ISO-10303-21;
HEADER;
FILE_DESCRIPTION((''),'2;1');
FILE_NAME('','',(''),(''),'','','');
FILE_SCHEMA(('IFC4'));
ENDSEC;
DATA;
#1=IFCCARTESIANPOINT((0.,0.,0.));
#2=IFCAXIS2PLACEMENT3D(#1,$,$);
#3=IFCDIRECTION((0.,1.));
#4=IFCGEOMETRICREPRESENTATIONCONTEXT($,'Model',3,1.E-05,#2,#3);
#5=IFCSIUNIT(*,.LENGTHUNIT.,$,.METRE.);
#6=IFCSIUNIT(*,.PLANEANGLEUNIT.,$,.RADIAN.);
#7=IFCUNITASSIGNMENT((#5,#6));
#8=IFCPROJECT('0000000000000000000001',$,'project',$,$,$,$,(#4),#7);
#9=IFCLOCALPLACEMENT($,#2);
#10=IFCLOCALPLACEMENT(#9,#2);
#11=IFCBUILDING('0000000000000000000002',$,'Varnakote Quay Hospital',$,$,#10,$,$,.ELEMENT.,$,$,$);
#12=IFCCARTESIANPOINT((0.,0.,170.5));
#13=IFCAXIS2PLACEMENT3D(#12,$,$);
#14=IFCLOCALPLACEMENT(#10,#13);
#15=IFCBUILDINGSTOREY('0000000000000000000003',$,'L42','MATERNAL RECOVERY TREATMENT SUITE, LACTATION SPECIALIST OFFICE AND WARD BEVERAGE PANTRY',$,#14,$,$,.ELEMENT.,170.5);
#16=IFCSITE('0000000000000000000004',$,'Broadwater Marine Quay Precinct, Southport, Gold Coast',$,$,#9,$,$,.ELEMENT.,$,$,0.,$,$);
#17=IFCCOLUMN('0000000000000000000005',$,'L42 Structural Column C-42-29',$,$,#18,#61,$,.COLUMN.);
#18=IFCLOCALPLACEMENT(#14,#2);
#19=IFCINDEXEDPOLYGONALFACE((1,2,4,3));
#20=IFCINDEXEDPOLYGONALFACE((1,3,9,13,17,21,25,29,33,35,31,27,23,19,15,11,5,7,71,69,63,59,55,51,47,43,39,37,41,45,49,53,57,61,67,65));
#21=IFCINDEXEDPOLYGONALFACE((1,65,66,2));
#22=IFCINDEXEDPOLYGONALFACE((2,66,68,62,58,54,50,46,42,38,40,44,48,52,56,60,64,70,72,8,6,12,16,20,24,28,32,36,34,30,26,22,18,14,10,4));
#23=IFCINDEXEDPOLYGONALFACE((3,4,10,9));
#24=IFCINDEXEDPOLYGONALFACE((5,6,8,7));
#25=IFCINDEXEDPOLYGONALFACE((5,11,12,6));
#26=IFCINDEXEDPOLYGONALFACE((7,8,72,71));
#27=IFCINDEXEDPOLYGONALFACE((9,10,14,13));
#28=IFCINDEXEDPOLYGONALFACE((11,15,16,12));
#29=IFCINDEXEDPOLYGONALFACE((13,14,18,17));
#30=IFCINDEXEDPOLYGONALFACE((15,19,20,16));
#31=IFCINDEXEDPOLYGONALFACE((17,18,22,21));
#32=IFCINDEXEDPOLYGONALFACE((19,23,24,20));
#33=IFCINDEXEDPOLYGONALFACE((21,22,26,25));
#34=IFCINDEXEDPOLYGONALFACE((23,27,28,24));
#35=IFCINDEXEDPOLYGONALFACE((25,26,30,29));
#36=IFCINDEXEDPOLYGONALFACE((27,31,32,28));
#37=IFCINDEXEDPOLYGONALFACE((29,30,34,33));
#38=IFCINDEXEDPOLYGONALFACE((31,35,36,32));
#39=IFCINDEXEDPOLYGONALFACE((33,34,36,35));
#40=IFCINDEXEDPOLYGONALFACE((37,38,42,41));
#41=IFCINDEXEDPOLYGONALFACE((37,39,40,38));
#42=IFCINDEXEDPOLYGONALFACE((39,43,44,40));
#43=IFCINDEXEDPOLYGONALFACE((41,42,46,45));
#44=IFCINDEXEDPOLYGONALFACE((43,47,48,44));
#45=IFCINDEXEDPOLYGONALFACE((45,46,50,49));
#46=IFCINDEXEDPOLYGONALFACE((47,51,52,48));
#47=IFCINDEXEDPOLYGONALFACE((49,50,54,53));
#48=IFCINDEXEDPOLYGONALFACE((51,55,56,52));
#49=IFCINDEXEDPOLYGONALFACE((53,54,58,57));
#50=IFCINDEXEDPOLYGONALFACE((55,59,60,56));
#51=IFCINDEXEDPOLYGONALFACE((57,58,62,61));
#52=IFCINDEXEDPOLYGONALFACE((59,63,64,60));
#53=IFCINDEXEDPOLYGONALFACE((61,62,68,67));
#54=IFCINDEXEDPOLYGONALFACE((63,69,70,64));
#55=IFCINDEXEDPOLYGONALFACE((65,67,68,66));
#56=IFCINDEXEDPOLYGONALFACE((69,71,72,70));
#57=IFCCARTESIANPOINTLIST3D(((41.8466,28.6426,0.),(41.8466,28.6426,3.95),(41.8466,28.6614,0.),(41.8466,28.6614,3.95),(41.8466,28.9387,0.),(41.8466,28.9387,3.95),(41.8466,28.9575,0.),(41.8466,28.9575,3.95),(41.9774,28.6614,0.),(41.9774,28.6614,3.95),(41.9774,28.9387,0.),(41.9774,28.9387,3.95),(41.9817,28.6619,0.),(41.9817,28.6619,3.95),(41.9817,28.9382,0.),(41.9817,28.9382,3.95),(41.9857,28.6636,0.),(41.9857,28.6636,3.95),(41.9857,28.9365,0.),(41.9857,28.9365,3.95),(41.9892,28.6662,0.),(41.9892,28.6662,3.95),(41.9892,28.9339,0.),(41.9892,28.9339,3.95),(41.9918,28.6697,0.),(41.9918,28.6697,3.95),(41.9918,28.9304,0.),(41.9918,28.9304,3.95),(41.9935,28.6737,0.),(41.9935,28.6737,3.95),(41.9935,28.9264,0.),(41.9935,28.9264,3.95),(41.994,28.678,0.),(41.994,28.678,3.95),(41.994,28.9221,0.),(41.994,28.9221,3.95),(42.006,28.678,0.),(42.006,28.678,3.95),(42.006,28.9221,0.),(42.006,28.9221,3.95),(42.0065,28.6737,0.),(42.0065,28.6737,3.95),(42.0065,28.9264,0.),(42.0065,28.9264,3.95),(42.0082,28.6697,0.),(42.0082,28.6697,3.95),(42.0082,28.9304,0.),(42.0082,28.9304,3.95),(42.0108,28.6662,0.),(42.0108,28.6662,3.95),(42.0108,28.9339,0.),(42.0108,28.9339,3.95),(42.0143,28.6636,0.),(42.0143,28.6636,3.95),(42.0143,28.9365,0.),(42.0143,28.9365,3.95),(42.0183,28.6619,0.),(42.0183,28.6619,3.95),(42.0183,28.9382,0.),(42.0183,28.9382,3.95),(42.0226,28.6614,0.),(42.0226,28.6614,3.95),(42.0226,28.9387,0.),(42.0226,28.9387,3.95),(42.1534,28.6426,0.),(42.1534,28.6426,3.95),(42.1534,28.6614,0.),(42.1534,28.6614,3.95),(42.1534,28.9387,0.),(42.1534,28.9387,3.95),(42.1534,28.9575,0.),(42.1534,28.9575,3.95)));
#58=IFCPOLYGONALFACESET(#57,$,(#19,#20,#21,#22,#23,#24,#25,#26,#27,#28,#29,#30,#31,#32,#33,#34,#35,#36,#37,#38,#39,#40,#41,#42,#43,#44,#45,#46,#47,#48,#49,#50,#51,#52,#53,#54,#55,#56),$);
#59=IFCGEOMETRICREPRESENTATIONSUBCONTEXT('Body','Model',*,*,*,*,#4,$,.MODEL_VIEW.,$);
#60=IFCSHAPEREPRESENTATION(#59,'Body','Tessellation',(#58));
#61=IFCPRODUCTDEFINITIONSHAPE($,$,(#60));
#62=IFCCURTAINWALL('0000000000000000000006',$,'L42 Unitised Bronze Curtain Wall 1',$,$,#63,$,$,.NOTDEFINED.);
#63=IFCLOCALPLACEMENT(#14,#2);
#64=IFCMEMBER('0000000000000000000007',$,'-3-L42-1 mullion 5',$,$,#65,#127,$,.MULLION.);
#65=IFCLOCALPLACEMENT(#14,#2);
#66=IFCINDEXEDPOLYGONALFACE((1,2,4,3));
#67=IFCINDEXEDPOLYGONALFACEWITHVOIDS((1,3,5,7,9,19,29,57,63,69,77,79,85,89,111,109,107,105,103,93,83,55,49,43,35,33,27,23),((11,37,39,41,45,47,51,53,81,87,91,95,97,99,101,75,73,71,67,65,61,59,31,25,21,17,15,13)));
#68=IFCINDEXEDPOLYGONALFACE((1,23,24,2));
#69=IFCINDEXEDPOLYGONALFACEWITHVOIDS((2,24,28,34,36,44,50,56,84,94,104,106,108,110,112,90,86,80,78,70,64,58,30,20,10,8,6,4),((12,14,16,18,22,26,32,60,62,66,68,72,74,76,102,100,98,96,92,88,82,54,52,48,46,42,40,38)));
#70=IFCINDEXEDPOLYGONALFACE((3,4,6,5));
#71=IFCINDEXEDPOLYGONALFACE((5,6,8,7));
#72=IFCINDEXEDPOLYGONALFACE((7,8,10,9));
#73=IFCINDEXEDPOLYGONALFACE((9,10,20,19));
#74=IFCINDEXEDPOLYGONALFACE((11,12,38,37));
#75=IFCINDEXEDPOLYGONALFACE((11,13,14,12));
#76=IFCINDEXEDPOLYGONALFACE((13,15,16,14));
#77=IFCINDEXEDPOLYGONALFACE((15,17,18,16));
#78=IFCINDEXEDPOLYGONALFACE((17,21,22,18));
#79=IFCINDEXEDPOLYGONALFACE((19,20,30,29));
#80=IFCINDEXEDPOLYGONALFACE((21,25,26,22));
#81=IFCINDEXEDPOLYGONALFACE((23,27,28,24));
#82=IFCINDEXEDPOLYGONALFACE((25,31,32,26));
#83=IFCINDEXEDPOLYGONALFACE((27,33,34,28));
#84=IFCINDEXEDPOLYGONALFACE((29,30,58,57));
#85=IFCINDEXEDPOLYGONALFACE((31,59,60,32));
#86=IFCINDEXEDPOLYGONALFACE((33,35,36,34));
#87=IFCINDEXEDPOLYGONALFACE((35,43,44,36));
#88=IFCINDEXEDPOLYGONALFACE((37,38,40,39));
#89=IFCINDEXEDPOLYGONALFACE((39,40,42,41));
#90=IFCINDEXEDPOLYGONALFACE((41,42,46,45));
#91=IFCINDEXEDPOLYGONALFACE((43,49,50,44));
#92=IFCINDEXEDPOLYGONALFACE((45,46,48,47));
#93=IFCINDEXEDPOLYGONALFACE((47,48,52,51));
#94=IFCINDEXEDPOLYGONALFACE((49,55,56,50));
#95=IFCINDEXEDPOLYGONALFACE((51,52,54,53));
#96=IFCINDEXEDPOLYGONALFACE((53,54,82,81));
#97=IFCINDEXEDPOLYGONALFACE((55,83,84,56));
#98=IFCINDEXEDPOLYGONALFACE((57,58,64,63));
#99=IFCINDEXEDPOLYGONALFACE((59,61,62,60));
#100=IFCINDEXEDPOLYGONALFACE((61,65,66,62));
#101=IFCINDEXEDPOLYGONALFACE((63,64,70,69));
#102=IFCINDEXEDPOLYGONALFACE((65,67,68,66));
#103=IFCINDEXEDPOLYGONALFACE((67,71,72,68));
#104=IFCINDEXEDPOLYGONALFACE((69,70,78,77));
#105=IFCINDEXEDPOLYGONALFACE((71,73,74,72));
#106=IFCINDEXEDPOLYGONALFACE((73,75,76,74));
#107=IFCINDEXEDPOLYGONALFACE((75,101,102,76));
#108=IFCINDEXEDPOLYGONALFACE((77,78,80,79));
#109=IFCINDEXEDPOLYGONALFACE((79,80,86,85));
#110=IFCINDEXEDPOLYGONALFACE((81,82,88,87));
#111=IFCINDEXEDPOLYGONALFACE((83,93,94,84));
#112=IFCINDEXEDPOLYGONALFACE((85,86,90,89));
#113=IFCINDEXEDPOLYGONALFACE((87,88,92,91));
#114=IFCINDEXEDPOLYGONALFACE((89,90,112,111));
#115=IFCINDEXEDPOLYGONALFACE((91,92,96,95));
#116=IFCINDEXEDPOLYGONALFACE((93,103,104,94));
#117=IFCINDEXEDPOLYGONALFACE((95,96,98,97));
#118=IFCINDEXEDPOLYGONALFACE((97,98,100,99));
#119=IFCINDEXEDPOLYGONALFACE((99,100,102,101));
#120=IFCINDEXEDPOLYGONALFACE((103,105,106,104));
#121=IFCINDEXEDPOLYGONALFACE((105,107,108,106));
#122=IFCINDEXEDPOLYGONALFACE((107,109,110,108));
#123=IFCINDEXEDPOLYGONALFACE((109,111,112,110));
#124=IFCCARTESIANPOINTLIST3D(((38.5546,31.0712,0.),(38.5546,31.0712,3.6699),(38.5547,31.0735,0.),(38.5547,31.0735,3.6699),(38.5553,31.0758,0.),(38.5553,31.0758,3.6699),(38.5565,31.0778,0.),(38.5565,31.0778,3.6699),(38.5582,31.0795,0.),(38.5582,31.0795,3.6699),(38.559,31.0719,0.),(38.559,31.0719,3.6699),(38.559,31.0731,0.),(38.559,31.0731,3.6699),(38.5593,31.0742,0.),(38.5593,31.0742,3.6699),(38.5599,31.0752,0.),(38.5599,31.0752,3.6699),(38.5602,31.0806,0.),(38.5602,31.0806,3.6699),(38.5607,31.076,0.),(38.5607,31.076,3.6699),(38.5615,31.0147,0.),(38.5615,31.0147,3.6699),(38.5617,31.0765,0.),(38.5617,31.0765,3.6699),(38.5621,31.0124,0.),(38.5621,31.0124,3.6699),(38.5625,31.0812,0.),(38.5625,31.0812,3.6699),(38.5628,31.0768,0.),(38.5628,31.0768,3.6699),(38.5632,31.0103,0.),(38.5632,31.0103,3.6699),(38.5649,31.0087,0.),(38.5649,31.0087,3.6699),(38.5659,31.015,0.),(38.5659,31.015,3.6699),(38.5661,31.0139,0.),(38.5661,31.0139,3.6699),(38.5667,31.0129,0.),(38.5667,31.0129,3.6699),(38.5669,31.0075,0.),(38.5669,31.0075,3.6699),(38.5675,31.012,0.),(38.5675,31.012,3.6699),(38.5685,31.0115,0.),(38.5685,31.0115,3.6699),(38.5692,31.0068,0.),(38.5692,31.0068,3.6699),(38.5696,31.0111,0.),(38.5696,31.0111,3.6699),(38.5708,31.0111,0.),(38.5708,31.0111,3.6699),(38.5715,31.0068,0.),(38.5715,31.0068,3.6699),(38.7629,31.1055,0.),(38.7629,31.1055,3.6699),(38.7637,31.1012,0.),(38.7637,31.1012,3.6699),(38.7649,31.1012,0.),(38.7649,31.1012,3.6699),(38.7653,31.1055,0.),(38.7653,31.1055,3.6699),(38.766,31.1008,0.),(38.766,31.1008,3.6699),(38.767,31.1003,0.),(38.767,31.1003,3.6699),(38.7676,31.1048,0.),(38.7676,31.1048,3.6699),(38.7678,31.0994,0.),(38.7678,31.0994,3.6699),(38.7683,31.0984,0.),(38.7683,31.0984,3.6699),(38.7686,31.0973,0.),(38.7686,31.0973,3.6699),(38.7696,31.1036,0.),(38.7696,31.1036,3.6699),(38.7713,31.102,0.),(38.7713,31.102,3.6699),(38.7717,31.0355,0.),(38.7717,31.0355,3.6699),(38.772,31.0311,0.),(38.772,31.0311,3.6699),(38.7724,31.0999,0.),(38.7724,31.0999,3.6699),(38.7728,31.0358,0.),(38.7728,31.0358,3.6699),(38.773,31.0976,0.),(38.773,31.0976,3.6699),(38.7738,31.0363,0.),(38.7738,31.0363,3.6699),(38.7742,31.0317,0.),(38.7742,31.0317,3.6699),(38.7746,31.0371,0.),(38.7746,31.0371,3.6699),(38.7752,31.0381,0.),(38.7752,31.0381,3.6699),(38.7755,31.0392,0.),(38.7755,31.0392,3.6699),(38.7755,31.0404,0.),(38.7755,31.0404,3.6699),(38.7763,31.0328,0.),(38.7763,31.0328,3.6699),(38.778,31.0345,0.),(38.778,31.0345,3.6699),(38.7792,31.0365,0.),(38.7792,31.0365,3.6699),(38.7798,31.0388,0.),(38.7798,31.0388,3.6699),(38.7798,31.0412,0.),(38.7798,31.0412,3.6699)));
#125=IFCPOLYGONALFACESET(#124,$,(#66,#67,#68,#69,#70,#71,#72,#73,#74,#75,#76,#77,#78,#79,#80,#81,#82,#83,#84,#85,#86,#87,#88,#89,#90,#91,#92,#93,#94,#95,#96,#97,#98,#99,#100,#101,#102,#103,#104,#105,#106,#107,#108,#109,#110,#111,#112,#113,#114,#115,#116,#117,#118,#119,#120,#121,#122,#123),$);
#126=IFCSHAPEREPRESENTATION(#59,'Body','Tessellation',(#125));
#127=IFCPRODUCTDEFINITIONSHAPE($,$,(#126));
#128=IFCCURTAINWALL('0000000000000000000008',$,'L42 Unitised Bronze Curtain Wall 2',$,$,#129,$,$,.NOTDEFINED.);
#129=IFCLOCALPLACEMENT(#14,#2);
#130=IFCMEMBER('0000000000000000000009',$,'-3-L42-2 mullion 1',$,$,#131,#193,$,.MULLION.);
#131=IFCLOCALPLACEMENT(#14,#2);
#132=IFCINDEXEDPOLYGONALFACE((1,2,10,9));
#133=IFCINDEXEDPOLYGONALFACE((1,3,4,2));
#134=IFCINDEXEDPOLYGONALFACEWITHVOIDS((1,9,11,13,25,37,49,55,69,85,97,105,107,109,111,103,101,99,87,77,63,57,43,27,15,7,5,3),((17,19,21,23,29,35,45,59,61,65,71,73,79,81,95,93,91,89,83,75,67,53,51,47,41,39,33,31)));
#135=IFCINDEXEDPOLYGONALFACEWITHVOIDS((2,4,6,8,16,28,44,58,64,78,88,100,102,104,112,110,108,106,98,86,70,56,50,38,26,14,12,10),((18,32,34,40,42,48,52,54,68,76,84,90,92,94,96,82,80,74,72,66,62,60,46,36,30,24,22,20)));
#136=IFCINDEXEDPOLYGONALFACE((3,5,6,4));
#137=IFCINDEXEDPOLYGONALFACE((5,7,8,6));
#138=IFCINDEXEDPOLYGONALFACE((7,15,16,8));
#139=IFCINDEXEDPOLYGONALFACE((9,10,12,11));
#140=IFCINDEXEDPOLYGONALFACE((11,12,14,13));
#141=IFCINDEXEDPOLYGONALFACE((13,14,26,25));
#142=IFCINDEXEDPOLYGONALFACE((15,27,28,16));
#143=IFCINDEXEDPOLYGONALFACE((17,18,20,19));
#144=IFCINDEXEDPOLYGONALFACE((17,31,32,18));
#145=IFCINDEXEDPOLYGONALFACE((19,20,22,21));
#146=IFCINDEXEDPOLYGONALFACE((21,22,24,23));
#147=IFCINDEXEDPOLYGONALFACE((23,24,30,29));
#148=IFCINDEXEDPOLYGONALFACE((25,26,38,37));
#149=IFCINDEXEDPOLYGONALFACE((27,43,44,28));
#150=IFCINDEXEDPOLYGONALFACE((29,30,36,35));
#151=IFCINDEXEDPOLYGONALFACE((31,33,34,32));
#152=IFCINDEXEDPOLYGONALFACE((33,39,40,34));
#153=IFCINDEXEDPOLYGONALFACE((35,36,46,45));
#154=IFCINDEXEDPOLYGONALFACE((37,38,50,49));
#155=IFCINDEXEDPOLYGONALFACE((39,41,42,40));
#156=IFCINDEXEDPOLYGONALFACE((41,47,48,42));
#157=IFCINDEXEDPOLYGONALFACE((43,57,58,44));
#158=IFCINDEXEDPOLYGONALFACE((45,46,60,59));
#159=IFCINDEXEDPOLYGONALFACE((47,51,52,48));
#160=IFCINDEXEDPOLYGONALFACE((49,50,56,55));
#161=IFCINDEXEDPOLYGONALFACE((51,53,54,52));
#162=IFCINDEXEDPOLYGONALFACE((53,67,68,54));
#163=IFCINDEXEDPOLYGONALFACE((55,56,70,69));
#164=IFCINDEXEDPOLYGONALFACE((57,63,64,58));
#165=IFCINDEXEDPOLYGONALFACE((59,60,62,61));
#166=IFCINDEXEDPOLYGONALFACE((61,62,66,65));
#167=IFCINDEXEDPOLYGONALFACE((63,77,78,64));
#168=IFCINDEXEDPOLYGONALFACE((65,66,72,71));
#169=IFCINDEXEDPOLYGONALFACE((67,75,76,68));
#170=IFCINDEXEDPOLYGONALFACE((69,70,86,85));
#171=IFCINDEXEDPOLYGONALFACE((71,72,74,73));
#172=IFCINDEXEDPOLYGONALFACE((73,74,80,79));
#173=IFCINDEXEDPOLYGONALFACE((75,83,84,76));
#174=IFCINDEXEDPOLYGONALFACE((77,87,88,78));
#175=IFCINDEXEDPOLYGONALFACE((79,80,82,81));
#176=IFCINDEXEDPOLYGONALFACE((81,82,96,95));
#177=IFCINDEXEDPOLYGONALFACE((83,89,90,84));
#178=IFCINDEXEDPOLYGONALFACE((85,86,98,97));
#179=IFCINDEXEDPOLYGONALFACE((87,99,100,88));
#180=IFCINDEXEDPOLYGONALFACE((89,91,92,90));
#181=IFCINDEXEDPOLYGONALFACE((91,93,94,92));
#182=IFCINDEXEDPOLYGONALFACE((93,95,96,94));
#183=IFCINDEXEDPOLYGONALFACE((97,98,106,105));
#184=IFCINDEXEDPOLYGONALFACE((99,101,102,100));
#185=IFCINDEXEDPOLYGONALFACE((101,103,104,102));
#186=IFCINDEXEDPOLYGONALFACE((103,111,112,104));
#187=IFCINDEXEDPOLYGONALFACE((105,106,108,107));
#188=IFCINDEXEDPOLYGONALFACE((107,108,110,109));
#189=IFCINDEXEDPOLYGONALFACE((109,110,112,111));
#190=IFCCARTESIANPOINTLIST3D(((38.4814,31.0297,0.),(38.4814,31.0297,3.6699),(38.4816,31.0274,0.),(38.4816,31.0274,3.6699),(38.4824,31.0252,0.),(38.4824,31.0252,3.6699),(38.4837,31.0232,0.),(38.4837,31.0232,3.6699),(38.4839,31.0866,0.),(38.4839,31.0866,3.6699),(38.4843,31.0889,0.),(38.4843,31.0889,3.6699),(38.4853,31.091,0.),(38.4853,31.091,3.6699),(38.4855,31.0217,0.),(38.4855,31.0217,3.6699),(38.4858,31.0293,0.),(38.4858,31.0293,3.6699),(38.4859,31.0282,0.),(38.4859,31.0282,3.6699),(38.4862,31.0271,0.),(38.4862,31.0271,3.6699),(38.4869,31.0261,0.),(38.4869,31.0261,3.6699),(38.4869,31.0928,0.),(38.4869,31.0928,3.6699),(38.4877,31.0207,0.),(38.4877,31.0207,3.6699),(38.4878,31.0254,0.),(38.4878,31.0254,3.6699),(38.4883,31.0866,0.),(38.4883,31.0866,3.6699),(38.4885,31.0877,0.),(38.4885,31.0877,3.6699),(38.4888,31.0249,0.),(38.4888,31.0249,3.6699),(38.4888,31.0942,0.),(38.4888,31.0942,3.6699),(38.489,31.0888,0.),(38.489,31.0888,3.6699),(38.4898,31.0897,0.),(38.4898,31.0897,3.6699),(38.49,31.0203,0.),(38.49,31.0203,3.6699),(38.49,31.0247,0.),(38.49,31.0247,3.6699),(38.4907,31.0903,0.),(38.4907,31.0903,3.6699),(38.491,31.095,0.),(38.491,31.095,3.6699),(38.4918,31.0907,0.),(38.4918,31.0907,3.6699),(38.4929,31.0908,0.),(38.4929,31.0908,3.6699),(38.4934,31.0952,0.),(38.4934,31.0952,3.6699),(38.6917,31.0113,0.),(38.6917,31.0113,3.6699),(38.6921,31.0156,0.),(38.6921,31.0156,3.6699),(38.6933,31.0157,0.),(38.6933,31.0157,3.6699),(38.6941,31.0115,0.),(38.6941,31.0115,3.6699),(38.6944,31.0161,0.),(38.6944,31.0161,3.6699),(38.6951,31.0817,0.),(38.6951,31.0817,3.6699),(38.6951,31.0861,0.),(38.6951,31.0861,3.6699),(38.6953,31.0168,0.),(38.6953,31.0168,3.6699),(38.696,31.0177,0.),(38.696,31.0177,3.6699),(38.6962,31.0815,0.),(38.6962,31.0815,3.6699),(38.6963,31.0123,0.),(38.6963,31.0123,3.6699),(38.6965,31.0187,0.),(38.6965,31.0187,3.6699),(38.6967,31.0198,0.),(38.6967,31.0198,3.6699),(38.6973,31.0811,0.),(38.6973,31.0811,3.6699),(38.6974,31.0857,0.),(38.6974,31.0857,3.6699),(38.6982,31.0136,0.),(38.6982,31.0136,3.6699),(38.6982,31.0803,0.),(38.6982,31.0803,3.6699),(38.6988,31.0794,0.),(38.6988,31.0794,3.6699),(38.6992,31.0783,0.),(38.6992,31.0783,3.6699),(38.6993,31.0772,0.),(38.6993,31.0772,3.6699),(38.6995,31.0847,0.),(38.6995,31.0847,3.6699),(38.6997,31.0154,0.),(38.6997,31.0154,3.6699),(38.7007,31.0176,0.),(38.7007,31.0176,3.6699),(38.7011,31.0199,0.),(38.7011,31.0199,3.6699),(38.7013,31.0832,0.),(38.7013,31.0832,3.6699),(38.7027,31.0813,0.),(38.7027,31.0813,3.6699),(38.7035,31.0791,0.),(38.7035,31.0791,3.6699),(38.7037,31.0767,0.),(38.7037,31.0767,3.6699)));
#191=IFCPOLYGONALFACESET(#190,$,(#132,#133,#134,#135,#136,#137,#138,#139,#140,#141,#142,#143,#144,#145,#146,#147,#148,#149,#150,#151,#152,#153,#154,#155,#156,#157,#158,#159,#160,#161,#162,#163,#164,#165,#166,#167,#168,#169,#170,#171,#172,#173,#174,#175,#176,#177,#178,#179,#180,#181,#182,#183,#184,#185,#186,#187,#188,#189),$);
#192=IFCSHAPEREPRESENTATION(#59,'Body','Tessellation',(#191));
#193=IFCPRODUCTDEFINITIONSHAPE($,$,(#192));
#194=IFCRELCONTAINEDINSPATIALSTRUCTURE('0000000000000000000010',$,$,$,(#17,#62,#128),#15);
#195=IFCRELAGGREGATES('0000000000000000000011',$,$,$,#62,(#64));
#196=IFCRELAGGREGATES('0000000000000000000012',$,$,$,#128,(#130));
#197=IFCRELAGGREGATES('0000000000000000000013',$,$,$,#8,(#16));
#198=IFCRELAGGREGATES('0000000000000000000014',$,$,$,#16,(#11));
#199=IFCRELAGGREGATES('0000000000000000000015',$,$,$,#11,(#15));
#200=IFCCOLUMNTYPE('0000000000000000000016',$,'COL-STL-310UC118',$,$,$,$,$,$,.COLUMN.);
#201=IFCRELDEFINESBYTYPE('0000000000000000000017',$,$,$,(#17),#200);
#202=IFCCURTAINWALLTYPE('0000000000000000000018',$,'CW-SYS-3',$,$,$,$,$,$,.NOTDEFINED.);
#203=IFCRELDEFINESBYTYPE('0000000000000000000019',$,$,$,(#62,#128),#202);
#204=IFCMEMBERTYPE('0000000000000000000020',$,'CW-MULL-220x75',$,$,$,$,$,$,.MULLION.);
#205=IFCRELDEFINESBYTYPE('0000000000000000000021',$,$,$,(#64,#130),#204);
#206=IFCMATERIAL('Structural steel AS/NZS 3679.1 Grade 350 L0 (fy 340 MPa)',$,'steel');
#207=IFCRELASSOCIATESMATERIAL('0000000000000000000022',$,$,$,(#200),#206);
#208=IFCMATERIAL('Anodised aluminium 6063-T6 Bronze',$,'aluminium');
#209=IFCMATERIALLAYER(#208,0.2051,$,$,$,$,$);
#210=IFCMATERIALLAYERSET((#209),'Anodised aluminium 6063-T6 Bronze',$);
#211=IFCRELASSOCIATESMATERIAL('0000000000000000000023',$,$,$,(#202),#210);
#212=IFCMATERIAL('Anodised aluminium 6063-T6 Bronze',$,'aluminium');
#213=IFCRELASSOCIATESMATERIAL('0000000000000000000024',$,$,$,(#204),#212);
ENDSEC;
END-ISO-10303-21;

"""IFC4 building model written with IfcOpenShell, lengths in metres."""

from ifc_helpers import new_model, si_unit, direction, frame, origin, origin_2d, place, context, subcontext, project, spatial, hollow_rectangle, i_section, extrude, material, layer, layer_set, material_profile, profile_set, type_object, element, aggregate, save


model = new_model("IFC4")

# Units and contexts
model_context = context("Model", 3, precision=1e-05, world=origin(), true_north=direction((0.0, 1.0)))
body_context = subcontext(model_context, "Body", "Model", "MODEL_VIEW")
ifc_project = project(units=[si_unit("LENGTHUNIT", "METRE"), si_unit("PLANEANGLEUNIT", "RADIAN")], contexts=[model_context])

# Site, building, storey
site_placement = place(None, origin())
site = spatial("IfcSite", under=ifc_project, at=site_placement, Name="Broadwater Marine Quay Precinct, Southport, Gold Coast", CompositionType="ELEMENT", RefElevation=0.0)
building_placement = place(site_placement, origin())
building = spatial("IfcBuilding", under=site, at=building_placement, Name="Varnakote Quay Hospital", CompositionType="ELEMENT")
storey_placement = place(building_placement, frame((0.0, 0.0, 170.5)))
storey = spatial("IfcBuildingStorey", under=building, at=storey_placement, Name="L42", Description="MATERNAL RECOVERY TREATMENT SUITE, LACTATION SPECIALIST OFFICE AND WARD BEVERAGE PANTRY", CompositionType="ELEMENT", Elevation=170.5)

# Column
ifc_material_1 = material(Name="Structural steel AS/NZS 3679.1 Grade 350 L0 (fy 340 MPa)", Category="steel")
ifc_material_profile_1 = material_profile(ifc_material_1, i_section(OverallWidth=0.3069, OverallDepth=0.3149, WebThickness=0.012, FlangeThickness=0.0188, FilletRadius=0.0166, at=origin_2d()), Name="310UC118")
ifc_profile_set_1 = profile_set([ifc_material_profile_1], Name="Structural steel AS/NZS 3679.1 Grade 350 L0 (fy 340 MPa)")
column_type = type_object("IfcColumnType", Name="COL-STL-310UC118", PredefinedType="COLUMN", material=ifc_profile_set_1)
column_placement = place(storey_placement, frame((42.0, 28.8, 0.0), z_axis=(0.0, 0.0, 1.0), x_axis=(1.0, 0.0, 0.0)))
element("IfcColumn", 1, at=column_placement, inside=storey, type_object=column_type, Name="L42 Structural Column C-42-29", PredefinedType="COLUMN", context=body_context, shape_type="SweptSolid", body=[
    extrude(i_section(OverallWidth=0.3069, OverallDepth=0.3149, WebThickness=0.012, FlangeThickness=0.0188, FilletRadius=0.0166, at=origin_2d()), origin(), (0.0, 0.0, 1.0), 3.95),
])

# Curtain wall, member
ifc_material_2 = material(Name="Anodised aluminium 6063-T6 Bronze", Category="aluminium")
ifc_layer_1 = layer(ifc_material_2, 0.2051)
ifc_layer_set_1 = layer_set([ifc_layer_1], Name="Anodised aluminium 6063-T6 Bronze")
curtain_wall_type = type_object("IfcCurtainWallType", Name="CW-SYS-3", PredefinedType="NOTDEFINED", material=ifc_layer_set_1)
curtain_wall_1_placement = place(storey_placement, origin())
curtain_wall_1 = element("IfcCurtainWall", 2, at=curtain_wall_1_placement, inside=storey, type_object=curtain_wall_type, Name="L42 Unitised Bronze Curtain Wall 1", PredefinedType="NOTDEFINED")
ifc_material_3 = material(Name="Anodised aluminium 6063-T6 Bronze", Category="aluminium")
ifc_material_profile_2 = material_profile(ifc_material_3, hollow_rectangle(XDim=0.075, YDim=0.22, WallThickness=0.0044, InnerFilletRadius=0.0044, OuterFilletRadius=0.009, at=origin_2d()), Name="CW-MULL-220x75")
ifc_profile_set_2 = profile_set([ifc_material_profile_2], Name="Anodised aluminium 6063-T6 Bronze")
member_type_1 = type_object("IfcMemberType", Name="CW-MULL-220x75", PredefinedType="MULLION", material=ifc_profile_set_2)
member_1_placement = place(storey_placement, frame((38.6672, 31.0562, 0.0), z_axis=(0.0, 0.0, 1.0), x_axis=(0.120327, -0.992734, 0.0)))
member_1 = element("IfcMember", 3, at=member_1_placement, type_object=member_type_1, Name="-3-L42-1 mullion 5", PredefinedType="MULLION", context=body_context, shape_type="SweptSolid", body=[
    extrude(hollow_rectangle(XDim=0.075, YDim=0.22, WallThickness=0.0044, InnerFilletRadius=0.0044, OuterFilletRadius=0.009, at=origin_2d()), origin(), (0.0, 0.0, 1.0), 3.6699),
])

# Curtain wall, member
curtain_wall_2_placement = place(storey_placement, origin())
curtain_wall_2 = element("IfcCurtainWall", 4, at=curtain_wall_2_placement, inside=storey, type_object=curtain_wall_type, Name="L42 Unitised Bronze Curtain Wall 2", PredefinedType="NOTDEFINED")
member_2_placement = place(storey_placement, frame((38.5925, 31.0532, 0.0), z_axis=(0.0, 0.0, 1.0), x_axis=(-0.044782, -0.998997, 0.0)))
member_2 = element("IfcMember", 5, at=member_2_placement, type_object=member_type_1, Name="-3-L42-2 mullion 1", PredefinedType="MULLION", context=body_context, shape_type="SweptSolid", body=[
    extrude(hollow_rectangle(XDim=0.075, YDim=0.22, WallThickness=0.0044, InnerFilletRadius=0.0044, OuterFilletRadius=0.009, at=origin_2d()), origin(), (0.0, 0.0, 1.0), 3.6699),
])

aggregate(curtain_wall_1, [member_1])
aggregate(curtain_wall_2, [member_2])

save(model, "model.ifc")
